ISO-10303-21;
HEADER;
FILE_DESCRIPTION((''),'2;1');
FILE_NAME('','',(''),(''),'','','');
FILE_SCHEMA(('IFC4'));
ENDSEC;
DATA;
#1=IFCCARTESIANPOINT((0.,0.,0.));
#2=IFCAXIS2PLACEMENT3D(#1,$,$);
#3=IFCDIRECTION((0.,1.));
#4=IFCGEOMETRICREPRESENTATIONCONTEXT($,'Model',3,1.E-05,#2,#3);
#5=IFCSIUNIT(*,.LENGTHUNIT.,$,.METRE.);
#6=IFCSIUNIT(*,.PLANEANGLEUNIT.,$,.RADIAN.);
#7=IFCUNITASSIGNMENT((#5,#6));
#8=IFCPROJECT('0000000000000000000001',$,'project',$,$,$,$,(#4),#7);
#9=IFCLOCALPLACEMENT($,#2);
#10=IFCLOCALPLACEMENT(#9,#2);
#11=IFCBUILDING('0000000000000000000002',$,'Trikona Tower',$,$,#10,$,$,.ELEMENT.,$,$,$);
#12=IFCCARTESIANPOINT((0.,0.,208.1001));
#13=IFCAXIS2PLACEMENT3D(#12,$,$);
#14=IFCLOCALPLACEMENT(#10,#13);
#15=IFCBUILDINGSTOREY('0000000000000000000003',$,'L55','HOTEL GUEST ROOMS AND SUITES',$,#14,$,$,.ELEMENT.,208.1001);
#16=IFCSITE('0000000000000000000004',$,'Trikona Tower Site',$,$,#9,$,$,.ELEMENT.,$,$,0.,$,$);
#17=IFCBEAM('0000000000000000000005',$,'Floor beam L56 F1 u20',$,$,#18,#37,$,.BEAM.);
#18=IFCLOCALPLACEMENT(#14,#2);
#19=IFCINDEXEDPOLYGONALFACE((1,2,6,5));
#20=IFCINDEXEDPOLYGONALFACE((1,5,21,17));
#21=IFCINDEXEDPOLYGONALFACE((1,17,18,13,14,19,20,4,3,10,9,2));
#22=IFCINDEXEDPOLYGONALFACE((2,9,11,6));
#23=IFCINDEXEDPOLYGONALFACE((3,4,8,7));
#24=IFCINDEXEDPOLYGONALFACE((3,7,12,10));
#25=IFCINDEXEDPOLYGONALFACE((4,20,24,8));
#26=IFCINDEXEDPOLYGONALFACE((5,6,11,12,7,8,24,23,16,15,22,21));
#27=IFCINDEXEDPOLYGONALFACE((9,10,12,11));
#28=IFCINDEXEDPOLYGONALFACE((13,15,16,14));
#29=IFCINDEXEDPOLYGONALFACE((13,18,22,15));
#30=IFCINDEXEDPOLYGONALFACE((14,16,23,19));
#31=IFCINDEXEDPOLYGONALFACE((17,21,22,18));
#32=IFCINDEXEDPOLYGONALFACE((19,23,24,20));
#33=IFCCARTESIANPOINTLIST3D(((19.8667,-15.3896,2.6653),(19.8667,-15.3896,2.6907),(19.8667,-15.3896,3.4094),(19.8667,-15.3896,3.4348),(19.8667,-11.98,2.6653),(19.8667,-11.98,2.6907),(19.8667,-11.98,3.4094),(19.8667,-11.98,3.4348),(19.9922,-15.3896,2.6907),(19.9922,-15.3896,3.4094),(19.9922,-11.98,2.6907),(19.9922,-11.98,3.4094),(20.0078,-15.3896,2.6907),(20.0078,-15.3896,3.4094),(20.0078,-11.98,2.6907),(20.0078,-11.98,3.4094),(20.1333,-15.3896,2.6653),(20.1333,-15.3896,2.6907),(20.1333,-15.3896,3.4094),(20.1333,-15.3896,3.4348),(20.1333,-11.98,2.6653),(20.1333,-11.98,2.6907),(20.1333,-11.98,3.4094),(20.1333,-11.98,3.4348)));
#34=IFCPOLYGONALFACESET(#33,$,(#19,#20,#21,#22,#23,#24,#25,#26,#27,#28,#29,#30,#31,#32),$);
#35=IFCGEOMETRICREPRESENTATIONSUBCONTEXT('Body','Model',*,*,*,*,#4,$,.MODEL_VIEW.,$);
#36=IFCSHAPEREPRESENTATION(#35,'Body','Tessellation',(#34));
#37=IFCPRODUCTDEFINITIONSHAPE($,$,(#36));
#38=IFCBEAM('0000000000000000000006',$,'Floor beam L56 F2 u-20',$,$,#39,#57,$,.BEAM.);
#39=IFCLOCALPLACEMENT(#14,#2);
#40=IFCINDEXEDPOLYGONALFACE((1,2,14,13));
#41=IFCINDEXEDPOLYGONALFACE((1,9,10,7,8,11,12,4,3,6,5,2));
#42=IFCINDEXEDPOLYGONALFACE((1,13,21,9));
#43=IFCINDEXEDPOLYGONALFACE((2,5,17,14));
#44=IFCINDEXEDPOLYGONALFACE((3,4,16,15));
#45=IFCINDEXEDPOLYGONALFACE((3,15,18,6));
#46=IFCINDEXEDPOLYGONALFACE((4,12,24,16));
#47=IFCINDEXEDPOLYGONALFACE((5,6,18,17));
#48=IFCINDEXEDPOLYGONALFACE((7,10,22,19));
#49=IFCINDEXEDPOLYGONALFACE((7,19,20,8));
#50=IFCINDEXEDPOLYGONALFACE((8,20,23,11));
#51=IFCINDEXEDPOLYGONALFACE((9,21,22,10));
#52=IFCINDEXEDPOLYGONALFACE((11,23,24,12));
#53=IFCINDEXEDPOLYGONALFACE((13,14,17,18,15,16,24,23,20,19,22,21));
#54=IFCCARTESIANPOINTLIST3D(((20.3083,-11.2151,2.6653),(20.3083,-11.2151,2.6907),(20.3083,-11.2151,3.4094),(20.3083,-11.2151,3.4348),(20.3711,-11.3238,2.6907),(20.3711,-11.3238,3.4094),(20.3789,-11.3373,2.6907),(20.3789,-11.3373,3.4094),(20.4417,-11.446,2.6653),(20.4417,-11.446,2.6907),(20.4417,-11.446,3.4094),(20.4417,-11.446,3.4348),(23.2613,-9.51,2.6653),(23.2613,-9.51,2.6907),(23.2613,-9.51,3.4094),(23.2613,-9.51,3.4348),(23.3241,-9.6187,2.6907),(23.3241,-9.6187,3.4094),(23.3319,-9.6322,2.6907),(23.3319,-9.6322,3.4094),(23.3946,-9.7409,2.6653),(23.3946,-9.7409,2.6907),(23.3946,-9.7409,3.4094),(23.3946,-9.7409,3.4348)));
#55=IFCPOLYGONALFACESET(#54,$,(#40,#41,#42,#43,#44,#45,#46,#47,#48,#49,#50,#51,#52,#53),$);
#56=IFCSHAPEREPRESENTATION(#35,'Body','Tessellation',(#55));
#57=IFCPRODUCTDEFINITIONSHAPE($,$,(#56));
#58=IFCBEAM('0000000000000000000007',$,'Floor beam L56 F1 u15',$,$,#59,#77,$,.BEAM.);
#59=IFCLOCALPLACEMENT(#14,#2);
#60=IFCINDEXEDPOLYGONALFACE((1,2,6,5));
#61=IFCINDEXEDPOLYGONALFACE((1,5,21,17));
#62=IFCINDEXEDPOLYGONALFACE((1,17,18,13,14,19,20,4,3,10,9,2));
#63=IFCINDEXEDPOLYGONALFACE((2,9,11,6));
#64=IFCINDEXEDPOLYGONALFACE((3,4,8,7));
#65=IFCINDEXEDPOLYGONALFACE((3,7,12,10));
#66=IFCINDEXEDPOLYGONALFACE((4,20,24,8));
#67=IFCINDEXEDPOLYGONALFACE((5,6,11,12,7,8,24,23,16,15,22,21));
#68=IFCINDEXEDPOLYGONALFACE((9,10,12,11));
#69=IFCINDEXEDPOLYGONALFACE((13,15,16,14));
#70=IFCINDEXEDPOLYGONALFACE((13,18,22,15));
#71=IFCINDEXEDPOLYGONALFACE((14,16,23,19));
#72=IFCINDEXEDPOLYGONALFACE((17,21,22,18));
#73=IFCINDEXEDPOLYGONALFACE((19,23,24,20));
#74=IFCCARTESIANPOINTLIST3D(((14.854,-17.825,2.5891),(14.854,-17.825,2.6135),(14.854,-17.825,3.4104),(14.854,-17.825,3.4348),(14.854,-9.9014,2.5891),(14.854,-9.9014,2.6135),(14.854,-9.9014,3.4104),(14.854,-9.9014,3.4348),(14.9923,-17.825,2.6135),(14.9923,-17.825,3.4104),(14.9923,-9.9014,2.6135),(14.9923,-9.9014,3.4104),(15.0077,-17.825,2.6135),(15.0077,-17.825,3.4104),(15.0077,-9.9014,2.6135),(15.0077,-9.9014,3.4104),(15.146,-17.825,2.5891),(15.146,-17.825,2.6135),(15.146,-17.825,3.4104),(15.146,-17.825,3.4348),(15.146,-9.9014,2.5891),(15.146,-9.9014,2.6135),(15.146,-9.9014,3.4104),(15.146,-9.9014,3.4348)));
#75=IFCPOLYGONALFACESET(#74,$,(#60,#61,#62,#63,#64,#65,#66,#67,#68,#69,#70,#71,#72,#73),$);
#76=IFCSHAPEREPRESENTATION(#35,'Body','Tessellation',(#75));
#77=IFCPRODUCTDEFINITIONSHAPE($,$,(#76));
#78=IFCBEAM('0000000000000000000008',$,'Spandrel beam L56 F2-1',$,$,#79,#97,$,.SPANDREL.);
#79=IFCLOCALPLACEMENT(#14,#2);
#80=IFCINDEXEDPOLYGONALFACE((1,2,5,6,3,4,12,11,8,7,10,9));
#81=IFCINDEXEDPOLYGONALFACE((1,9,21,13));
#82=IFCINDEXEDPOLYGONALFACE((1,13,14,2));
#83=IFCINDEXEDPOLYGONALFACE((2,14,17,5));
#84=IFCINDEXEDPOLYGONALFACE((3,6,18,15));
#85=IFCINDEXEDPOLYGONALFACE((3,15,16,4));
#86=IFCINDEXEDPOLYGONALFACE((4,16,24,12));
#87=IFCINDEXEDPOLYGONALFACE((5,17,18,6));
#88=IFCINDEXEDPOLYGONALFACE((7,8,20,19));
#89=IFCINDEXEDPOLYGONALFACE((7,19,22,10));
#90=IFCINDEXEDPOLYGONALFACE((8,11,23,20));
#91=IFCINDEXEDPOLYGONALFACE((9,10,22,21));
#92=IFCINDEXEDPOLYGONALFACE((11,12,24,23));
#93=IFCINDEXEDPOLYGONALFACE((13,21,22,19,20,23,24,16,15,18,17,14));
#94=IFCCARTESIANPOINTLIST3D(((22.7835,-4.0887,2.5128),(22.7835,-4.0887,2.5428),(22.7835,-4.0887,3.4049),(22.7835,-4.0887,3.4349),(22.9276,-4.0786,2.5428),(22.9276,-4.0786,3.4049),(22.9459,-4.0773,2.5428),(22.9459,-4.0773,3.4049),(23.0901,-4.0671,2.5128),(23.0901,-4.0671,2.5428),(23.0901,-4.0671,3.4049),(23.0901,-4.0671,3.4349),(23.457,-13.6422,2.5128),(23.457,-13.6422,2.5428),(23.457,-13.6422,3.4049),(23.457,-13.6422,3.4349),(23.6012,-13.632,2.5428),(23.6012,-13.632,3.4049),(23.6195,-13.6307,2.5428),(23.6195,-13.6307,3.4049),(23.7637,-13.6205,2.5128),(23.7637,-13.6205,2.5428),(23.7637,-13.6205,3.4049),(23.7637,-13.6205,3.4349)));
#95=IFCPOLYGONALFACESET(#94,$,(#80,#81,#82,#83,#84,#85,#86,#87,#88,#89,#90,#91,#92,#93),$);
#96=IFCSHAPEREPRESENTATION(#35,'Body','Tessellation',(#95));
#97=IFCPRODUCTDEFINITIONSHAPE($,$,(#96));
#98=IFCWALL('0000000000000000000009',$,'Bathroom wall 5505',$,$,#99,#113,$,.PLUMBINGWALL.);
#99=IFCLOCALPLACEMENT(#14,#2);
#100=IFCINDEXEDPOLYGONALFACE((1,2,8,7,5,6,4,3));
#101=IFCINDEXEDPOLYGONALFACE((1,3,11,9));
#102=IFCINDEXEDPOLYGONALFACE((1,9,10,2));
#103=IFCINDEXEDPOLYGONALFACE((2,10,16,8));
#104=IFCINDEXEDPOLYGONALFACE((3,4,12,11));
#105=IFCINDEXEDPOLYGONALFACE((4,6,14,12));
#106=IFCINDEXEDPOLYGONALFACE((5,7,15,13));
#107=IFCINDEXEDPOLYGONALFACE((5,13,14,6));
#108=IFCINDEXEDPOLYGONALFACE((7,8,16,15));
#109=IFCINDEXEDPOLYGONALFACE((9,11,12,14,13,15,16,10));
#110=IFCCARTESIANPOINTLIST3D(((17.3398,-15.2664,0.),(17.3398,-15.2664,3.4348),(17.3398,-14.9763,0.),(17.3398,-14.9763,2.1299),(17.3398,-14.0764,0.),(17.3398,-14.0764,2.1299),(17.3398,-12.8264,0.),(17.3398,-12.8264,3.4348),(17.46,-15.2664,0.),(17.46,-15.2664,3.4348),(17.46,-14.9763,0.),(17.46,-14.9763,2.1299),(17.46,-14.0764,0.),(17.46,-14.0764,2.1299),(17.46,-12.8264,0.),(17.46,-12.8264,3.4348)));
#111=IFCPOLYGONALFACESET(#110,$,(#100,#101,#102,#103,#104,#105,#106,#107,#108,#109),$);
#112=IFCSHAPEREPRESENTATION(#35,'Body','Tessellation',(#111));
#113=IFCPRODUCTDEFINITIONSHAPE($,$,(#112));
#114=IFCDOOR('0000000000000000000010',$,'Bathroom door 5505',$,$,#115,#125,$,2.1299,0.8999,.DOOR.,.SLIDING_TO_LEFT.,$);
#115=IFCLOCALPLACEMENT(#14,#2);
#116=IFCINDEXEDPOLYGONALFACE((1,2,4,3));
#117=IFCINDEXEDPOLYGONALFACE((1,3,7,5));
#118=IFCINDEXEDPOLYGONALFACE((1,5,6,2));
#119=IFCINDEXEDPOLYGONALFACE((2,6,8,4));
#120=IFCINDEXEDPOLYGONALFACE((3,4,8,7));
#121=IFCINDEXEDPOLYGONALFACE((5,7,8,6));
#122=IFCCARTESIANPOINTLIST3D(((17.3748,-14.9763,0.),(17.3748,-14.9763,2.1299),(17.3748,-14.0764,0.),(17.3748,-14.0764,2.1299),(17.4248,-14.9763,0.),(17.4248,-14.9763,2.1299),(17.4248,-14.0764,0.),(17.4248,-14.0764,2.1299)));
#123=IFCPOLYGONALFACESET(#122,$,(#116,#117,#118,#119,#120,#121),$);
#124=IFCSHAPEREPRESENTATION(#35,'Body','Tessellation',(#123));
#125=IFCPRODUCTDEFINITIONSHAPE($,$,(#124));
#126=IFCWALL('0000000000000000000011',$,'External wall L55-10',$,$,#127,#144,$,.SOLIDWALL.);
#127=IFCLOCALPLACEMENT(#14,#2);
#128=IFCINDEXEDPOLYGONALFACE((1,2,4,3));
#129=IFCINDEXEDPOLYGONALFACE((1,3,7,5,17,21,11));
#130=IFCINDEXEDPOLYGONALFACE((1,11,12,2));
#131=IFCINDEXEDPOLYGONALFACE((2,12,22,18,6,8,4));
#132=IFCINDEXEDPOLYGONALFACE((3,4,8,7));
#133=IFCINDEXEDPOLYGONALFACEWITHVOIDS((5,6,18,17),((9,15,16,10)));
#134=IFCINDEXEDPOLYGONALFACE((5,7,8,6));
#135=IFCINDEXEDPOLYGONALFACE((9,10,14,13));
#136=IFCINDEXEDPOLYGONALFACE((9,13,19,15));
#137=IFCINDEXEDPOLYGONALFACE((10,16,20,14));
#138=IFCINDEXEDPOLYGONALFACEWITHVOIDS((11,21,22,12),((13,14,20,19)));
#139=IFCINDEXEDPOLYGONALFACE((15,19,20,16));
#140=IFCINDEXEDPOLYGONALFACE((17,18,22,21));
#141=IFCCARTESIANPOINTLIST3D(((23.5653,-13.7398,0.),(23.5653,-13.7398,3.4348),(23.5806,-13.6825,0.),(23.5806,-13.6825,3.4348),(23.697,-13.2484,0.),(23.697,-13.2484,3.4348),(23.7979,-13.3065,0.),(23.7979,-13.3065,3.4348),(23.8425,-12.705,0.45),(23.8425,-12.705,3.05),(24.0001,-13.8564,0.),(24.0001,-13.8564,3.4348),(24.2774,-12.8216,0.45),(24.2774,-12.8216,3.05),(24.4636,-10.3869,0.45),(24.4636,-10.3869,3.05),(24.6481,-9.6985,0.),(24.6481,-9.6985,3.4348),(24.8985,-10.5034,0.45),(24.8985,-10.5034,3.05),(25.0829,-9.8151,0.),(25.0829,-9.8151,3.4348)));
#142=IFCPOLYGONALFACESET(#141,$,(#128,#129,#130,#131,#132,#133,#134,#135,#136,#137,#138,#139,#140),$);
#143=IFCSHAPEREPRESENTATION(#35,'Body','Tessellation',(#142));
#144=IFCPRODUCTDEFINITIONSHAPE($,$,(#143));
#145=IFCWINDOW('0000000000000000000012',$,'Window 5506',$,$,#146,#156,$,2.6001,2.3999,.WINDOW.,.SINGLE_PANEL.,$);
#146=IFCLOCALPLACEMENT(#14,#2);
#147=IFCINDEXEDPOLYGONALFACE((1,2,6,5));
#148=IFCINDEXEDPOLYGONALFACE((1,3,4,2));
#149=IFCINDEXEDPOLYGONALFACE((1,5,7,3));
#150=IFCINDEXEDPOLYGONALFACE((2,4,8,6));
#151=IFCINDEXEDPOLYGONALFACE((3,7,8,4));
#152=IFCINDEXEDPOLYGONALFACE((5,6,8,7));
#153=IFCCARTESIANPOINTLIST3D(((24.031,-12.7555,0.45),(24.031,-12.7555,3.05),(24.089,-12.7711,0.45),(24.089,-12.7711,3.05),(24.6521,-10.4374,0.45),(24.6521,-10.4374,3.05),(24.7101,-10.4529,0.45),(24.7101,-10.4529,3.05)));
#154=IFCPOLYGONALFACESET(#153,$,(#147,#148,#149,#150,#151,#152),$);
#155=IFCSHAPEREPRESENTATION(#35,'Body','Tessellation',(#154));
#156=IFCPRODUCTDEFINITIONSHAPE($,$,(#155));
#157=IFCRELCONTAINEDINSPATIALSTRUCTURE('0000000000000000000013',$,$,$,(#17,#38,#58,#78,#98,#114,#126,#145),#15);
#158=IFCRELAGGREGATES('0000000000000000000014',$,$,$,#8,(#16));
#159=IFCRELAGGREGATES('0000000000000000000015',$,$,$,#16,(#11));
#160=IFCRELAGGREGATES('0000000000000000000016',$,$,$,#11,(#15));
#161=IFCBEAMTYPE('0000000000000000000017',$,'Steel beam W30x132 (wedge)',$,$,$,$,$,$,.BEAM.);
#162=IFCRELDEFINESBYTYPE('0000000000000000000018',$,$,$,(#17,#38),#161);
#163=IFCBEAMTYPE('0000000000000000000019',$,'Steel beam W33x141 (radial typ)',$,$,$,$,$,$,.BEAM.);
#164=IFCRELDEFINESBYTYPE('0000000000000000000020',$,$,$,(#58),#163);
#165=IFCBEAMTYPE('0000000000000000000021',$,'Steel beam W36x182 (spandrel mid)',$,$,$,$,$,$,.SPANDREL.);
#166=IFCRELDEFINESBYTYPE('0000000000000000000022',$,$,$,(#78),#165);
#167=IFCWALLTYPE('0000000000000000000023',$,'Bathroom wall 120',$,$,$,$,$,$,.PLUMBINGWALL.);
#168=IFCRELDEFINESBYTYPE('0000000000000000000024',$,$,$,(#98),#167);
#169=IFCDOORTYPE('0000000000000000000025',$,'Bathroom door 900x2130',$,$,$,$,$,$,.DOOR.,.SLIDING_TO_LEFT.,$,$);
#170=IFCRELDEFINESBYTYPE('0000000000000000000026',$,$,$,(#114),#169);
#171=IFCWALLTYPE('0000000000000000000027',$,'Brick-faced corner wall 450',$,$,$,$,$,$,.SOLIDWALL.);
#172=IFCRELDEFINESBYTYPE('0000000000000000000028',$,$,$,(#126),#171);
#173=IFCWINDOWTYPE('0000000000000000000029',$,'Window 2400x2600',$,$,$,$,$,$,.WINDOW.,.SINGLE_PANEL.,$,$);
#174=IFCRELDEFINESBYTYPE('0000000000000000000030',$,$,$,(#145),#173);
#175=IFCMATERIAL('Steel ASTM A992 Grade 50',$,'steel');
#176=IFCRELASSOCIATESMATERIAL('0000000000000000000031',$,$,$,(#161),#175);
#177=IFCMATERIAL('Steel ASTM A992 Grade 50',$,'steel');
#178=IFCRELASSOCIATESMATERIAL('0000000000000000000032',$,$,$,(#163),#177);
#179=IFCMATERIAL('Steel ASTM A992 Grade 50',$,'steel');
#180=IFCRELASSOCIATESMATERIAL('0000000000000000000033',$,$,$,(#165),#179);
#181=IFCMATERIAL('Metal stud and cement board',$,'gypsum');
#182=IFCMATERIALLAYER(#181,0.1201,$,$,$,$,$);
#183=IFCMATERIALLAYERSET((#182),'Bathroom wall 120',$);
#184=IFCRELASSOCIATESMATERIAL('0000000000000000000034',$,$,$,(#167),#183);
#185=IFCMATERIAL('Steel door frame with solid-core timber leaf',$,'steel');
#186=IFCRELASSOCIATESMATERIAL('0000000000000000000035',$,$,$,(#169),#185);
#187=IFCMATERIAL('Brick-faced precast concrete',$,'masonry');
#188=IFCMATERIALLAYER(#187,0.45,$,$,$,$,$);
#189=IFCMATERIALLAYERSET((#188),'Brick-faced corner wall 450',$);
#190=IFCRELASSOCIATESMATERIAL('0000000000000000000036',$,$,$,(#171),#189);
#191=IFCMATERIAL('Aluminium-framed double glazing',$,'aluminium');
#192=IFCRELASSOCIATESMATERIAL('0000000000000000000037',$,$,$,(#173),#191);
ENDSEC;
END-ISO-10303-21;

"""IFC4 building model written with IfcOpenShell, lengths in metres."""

from ifc_helpers import new_model, si_unit, direction, frame, frame_2d, origin, origin_2d, place, context, subcontext, project, spatial, polyline, rectangle, i_section, outline, extrude, material, layer, layer_set, material_profile, profile_set, type_object, element, fill, save


model = new_model("IFC4")

# Units and contexts
model_context = context("Model", 3, precision=1e-05, world=origin(), true_north=direction((0.0, 1.0)))
body_context = subcontext(model_context, "Body", "Model", "MODEL_VIEW")
ifc_project = project(units=[si_unit("LENGTHUNIT", "METRE"), si_unit("PLANEANGLEUNIT", "RADIAN")], contexts=[model_context])

# Site, building, storey
site_placement = place(None, origin())
site = spatial("IfcSite", under=ifc_project, at=site_placement, Name="Trikona Tower Site", CompositionType="ELEMENT", RefElevation=0.0)
building_placement = place(site_placement, origin())
building = spatial("IfcBuilding", under=site, at=building_placement, Name="Trikona Tower", CompositionType="ELEMENT")
storey_placement = place(building_placement, frame((0.0, 0.0, 208.1001)))
storey = spatial("IfcBuildingStorey", under=building, at=storey_placement, Name="L55", Description="HOTEL GUEST ROOMS AND SUITES", CompositionType="ELEMENT", Elevation=208.1001)

# Beams
ifc_material_1 = material(Name="Steel ASTM A992 Grade 50", Category="steel")
ifc_material_profile_1 = material_profile(ifc_material_1, i_section(OverallWidth=0.2666, OverallDepth=0.7695, WebThickness=0.0156, FlangeThickness=0.0254, at=origin_2d()), Name="W30X132")
ifc_profile_set_1 = profile_set([ifc_material_profile_1], Name="Steel ASTM A992 Grade 50")
beam_type_1 = type_object("IfcBeamType", Name="Steel beam W30x132 (wedge)", PredefinedType="BEAM", material=ifc_profile_set_1)
beam_1_placement = place(storey_placement, frame((20.0, -11.98, 3.05), z_axis=(0.0, -1.0, 0.0), x_axis=(1.0, 0.0, 0.0)))
element("IfcBeam", 1, at=beam_1_placement, inside=storey, type_object=beam_type_1, Name="Floor beam L56 F1 u20", PredefinedType="BEAM", context=body_context, shape_type="SweptSolid", body=[
    extrude(i_section(OverallWidth=0.2666, OverallDepth=0.7695, WebThickness=0.0156, FlangeThickness=0.0254, at=origin_2d()), origin(), (0.0, 0.0, 1.0), 3.4097),
])
beam_2_placement = place(storey_placement, frame((20.375, -11.3306, 3.05), z_axis=(0.865996, 0.500051, 0.0), x_axis=(-0.500051, 0.865996, 0.0)))
element("IfcBeam", 2, at=beam_2_placement, inside=storey, type_object=beam_type_1, Name="Floor beam L56 F2 u-20", PredefinedType="BEAM", context=body_context, shape_type="SweptSolid", body=[
    extrude(i_section(OverallWidth=0.2666, OverallDepth=0.7695, WebThickness=0.0156, FlangeThickness=0.0254, at=origin_2d()), origin(), (0.0, 0.0, 1.0), 3.4099),
])
ifc_material_2 = material(Name="Steel ASTM A992 Grade 50", Category="steel")
ifc_material_profile_2 = material_profile(ifc_material_2, i_section(OverallWidth=0.292, OverallDepth=0.8457, WebThickness=0.0154, FlangeThickness=0.0244, at=origin_2d()), Name="W33X141")
ifc_profile_set_2 = profile_set([ifc_material_profile_2], Name="Steel ASTM A992 Grade 50")
beam_type_2 = type_object("IfcBeamType", Name="Steel beam W33x141 (radial typ)", PredefinedType="BEAM", material=ifc_profile_set_2)
beam_3_placement = place(storey_placement, frame((15.0, -9.9014, 3.012), z_axis=(0.0, -1.0, 0.0), x_axis=(1.0, 0.0, 0.0)))
element("IfcBeam", 3, at=beam_3_placement, inside=storey, type_object=beam_type_2, Name="Floor beam L56 F1 u15", PredefinedType="BEAM", context=body_context, shape_type="SweptSolid", body=[
    extrude(i_section(OverallWidth=0.292, OverallDepth=0.8457, WebThickness=0.0154, FlangeThickness=0.0244, at=origin_2d()), origin(), (0.0, 0.0, 1.0), 7.9236),
])
ifc_material_3 = material(Name="Steel ASTM A992 Grade 50", Category="steel")
ifc_material_profile_3 = material_profile(ifc_material_3, i_section(OverallWidth=0.3074, OverallDepth=0.9221, WebThickness=0.0183, FlangeThickness=0.03, at=origin_2d()), Name="W36X182")
ifc_profile_set_3 = profile_set([ifc_material_profile_3], Name="Steel ASTM A992 Grade 50")
beam_type_3 = type_object("IfcBeamType", Name="Steel beam W36x182 (spandrel mid)", PredefinedType="SPANDREL", material=ifc_profile_set_3)
beam_4_placement = place(storey_placement, frame((23.6104, -13.6313, 2.9739), z_axis=(-0.070332, 0.997524, 0.0), x_axis=(-0.997524, -0.070332, 0.0)))
element("IfcBeam", 4, at=beam_4_placement, inside=storey, type_object=beam_type_3, Name="Spandrel beam L56 F2-1", PredefinedType="SPANDREL", context=body_context, shape_type="SweptSolid", body=[
    extrude(i_section(OverallWidth=0.3074, OverallDepth=0.9221, WebThickness=0.0183, FlangeThickness=0.03, at=origin_2d()), origin(), (0.0, 0.0, 1.0), 9.5771),
])

# Wall, opening, door
ifc_material_4 = material(Name="Metal stud and cement board", Category="gypsum")
ifc_layer_1 = layer(ifc_material_4, 0.1201)
ifc_layer_set_1 = layer_set([ifc_layer_1], Name="Bathroom wall 120")
wall_type_1 = type_object("IfcWallType", Name="Bathroom wall 120", PredefinedType="PLUMBINGWALL", material=ifc_layer_set_1)
wall_1_placement = place(storey_placement, frame((17.3999, -12.8264, 0.0), z_axis=(0.0, 0.0, 1.0), x_axis=(0.0, -1.0, 0.0)))
wall_1 = element("IfcWall", 5, at=wall_1_placement, inside=storey, type_object=wall_type_1, Name="Bathroom wall 5505", PredefinedType="PLUMBINGWALL", context=body_context, shape_type="SweptSolid", body=[
    extrude(rectangle(XDim=2.4399, YDim=0.1201, at=frame_2d((1.22, 0.0))), origin(), (0.0, 0.0, 1.0), 3.4348),
])
opening_1_placement = place(wall_1_placement, frame((1.25, 0.0, 0.0)))
opening_1 = element("IfcOpeningElement", 6, at=opening_1_placement, cuts=wall_1, PredefinedType="OPENING", context=body_context, shape_type="SweptSolid", body=[
    extrude(rectangle(XDim=0.8999, YDim=2.1299, at=frame_2d((0.45, 1.0649))), frame((0.0, 0.0701, 0.0), z_axis=(0.0, -1.0, 0.0), x_axis=(1.0, 0.0, 0.0)), (0.0, 0.0, 1.0), 0.1401),
])
ifc_material_5 = material(Name="Steel door frame with solid-core timber leaf", Category="steel")
door_type_1 = type_object("IfcDoorType", Name="Bathroom door 900x2130", OperationType="SLIDING_TO_LEFT", PredefinedType="DOOR", material=ifc_material_5)
door_1_placement = place(opening_1_placement, origin())
door_1 = element("IfcDoor", 7, at=door_1_placement, inside=storey, type_object=door_type_1, Name="Bathroom door 5505", OperationType="SLIDING_TO_LEFT", OverallHeight=2.1299, OverallWidth=0.8999, PredefinedType="DOOR", context=body_context, shape_type="SweptSolid", body=[
    extrude(rectangle(XDim=0.8999, YDim=2.1299, at=frame_2d((0.45, 1.0649))), frame((0.0, 0.0249, 0.0), z_axis=(0.0, -1.0, 0.0), x_axis=(1.0, 0.0, 0.0)), (0.0, 0.0, 1.0), 0.05),
])
fill(opening_1, door_1)

# Wall, opening, window
ifc_material_6 = material(Name="Brick-faced precast concrete", Category="masonry")
ifc_layer_2 = layer(ifc_material_6, 0.45)
ifc_layer_set_2 = layer_set([ifc_layer_2], Name="Brick-faced corner wall 450")
wall_type_2 = type_object("IfcWallType", Name="Brick-faced corner wall 450", PredefinedType="SOLIDWALL", material=ifc_layer_set_2)
wall_2_placement = place(storey_placement, frame((23.7827, -13.7981, 0.0), z_axis=(0.0, 0.0, 1.0), x_axis=(0.258799, 0.965931, 0.0)))
wall_2 = element("IfcWall", 8, at=wall_2_placement, inside=storey, type_object=wall_type_2, Name="External wall L55-10", PredefinedType="SOLIDWALL", context=body_context, shape_type="SweptSolid", body=[
    extrude(outline(polyline([(4.1838, 0.2251), (0.5088, 0.2251), (0.4788, 0.1125), (0.0593, 0.2251), (0.0, 0.2251), (0.0, -0.2251), (4.1838, -0.2251), (4.1838, 0.2251)])), origin(), (0.0, 0.0, 1.0), 3.4348),
])
opening_2_placement = place(wall_2_placement, frame((1.0713, 0.0, 0.45)))
opening_2 = element("IfcOpeningElement", 9, at=opening_2_placement, cuts=wall_2, PredefinedType="OPENING", context=body_context, shape_type="SweptSolid", body=[
    extrude(rectangle(XDim=2.3999, YDim=2.6001, at=frame_2d((1.2, 1.3))), frame((0.0, 0.2349, 0.0), z_axis=(0.0, -1.0, 0.0), x_axis=(1.0, 0.0, 0.0)), (0.0, 0.0, 1.0), 0.47),
])
ifc_material_7 = material(Name="Aluminium-framed double glazing", Category="aluminium")
window_type_1 = type_object("IfcWindowType", Name="Window 2400x2600", PartitioningType="SINGLE_PANEL", PredefinedType="WINDOW", material=ifc_material_7)
window_1_placement = place(opening_2_placement, origin())
window_1 = element("IfcWindow", 10, at=window_1_placement, inside=storey, type_object=window_type_1, Name="Window 5506", OverallHeight=2.6001, OverallWidth=2.3999, PartitioningType="SINGLE_PANEL", PredefinedType="WINDOW", context=body_context, shape_type="SweptSolid", body=[
    extrude(rectangle(XDim=2.3999, YDim=2.6001, at=frame_2d((1.2, 1.3))), frame((0.0, 0.03, 0.0), z_axis=(0.0, -1.0, 0.0), x_axis=(1.0, 0.0, 0.0)), (0.0, 0.0, 1.0), 0.0601),
])
fill(opening_2, window_1)

save(model, "model.ifc")
